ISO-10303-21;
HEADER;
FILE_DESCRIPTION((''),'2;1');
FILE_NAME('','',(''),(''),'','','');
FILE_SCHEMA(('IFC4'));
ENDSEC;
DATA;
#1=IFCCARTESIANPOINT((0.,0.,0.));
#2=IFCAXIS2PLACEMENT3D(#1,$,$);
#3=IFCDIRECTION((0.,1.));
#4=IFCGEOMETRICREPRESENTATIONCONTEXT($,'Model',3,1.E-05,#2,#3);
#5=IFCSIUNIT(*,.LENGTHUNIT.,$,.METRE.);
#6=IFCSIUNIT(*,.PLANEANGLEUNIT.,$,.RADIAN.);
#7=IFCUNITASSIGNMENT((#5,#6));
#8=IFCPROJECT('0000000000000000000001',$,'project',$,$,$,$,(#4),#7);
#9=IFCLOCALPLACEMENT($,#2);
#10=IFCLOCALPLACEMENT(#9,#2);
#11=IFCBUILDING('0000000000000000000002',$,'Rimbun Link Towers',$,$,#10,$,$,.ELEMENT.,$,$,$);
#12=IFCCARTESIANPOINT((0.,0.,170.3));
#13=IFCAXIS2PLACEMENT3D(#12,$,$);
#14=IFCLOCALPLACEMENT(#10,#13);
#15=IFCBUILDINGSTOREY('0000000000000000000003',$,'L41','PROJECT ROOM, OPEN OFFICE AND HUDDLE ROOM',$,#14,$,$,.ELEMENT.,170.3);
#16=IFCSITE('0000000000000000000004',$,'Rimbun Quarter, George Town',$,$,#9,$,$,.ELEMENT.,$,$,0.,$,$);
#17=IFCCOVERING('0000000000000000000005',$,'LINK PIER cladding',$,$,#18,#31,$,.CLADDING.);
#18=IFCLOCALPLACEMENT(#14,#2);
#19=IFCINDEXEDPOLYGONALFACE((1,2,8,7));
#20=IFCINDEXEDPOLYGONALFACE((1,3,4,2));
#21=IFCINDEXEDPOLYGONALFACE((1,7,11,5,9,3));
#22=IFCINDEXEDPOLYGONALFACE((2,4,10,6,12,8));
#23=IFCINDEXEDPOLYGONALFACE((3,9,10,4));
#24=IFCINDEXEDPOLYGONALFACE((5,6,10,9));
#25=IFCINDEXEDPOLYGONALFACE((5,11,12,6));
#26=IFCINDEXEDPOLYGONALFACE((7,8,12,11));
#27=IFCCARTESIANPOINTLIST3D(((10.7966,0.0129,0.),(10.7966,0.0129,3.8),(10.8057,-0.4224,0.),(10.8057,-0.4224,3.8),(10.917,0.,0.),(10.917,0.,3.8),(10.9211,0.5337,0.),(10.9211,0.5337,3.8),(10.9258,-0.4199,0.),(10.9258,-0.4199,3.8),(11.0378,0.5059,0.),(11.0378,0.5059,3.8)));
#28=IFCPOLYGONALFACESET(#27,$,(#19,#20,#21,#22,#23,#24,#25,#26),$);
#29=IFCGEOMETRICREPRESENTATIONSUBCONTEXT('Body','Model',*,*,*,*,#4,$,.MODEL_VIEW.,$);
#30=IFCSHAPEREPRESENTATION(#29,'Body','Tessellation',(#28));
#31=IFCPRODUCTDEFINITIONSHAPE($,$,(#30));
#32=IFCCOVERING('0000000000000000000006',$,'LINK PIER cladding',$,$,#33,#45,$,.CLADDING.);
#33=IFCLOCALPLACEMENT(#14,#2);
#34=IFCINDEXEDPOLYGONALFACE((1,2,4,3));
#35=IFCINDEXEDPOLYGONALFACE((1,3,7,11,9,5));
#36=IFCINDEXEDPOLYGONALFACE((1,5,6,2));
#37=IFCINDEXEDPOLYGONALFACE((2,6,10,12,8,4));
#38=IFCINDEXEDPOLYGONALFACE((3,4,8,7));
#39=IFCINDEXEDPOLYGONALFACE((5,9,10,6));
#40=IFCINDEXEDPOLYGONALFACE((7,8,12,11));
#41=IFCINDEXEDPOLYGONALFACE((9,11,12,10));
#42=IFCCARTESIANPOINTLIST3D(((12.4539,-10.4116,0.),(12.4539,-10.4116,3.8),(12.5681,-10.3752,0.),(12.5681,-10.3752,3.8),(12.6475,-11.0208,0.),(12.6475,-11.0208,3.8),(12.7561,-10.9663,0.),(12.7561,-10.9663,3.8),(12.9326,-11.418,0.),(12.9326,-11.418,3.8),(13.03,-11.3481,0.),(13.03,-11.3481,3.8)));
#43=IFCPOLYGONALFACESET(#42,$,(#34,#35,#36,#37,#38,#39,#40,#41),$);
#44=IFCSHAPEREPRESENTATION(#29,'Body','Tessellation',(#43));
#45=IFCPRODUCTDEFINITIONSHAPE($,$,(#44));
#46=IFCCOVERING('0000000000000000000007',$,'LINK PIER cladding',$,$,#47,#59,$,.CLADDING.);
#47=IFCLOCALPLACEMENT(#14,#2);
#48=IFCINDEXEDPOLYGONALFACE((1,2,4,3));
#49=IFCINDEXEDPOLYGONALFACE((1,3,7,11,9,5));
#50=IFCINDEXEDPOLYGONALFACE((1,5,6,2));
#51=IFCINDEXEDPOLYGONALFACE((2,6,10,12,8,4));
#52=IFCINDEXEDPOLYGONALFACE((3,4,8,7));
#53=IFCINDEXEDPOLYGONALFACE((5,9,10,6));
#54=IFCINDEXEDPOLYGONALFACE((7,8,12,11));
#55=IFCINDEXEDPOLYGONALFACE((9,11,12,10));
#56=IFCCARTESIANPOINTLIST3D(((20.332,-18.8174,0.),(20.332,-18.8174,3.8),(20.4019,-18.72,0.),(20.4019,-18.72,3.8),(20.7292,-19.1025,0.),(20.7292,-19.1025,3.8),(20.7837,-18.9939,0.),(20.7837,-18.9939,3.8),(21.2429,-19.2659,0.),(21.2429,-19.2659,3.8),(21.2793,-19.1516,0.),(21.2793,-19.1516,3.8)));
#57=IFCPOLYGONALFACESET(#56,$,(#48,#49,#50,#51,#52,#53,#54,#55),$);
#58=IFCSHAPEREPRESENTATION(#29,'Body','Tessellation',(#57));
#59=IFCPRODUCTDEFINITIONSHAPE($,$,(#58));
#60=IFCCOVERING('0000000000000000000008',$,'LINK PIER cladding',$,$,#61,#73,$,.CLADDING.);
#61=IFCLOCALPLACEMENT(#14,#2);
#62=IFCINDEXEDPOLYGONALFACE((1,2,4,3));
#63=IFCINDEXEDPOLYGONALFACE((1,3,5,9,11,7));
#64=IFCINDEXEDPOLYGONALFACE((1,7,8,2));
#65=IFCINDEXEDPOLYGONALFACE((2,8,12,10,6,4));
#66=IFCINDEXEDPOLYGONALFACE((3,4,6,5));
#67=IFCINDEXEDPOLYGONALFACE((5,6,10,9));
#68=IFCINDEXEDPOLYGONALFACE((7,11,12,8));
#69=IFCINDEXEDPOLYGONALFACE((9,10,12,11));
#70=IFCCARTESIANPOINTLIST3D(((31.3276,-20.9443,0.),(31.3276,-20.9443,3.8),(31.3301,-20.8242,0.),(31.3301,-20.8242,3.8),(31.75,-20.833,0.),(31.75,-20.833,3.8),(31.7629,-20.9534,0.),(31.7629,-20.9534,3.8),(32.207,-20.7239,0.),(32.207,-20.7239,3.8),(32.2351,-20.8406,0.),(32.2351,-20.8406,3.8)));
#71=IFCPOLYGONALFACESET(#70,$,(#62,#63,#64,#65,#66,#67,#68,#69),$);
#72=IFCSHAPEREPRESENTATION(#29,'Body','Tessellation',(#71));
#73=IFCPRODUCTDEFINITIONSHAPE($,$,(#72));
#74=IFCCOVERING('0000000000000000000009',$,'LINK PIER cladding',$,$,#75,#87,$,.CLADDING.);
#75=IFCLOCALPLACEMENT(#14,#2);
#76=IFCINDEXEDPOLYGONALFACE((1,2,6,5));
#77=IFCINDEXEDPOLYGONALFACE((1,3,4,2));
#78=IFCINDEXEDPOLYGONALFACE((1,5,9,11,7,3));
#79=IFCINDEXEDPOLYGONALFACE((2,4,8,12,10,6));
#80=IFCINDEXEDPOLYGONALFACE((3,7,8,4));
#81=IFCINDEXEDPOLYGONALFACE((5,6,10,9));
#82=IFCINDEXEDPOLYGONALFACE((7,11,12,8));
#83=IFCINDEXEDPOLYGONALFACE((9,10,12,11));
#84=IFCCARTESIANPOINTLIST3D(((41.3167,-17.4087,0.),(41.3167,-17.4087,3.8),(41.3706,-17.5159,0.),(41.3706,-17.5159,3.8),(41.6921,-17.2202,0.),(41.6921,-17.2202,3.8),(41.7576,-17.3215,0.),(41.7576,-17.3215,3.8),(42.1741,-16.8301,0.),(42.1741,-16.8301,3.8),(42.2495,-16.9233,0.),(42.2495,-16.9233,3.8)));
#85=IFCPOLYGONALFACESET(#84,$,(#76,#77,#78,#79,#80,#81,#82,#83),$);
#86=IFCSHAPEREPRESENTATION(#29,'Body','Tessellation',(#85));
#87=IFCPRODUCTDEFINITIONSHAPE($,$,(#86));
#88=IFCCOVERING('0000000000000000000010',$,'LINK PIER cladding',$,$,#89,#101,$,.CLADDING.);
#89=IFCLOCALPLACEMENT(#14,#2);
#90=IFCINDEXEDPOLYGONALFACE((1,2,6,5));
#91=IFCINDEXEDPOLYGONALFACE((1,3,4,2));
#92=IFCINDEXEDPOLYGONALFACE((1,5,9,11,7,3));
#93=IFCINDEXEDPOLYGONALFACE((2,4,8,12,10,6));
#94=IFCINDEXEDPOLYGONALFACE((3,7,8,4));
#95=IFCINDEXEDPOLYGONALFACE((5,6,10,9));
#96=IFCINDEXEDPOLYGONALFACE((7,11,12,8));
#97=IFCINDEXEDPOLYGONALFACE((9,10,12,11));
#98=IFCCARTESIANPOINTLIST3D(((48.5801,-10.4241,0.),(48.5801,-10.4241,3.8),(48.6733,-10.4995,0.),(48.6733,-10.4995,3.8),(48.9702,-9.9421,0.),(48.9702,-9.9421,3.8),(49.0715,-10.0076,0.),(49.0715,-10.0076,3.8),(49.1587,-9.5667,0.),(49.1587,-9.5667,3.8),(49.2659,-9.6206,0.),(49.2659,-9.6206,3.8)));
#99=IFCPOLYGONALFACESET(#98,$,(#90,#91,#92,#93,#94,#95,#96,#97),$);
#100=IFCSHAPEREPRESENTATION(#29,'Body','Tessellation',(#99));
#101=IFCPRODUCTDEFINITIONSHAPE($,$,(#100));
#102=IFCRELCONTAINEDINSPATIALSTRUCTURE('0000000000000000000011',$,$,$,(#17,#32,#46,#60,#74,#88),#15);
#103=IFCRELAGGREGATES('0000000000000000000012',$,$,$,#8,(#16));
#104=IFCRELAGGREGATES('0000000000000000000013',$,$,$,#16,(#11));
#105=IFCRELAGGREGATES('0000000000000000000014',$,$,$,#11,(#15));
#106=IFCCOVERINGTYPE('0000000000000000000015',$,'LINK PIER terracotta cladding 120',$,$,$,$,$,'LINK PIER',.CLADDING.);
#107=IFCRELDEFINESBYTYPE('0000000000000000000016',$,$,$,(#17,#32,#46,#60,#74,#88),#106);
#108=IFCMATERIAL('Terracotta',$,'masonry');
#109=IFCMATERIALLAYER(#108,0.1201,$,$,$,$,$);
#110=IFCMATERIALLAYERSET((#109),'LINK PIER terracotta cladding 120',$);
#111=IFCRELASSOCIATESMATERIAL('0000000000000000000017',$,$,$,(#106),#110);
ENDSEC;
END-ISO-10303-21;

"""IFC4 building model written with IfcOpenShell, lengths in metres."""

from ifc_helpers import new_model, si_unit, direction, frame, origin, place, context, subcontext, project, spatial, polyline, outline, extrude, material, layer, layer_set, type_object, element, save


model = new_model("IFC4")

# Units and contexts
model_context = context("Model", 3, precision=1e-05, world=origin(), true_north=direction((0.0, 1.0)))
body_context = subcontext(model_context, "Body", "Model", "MODEL_VIEW")
ifc_project = project(units=[si_unit("LENGTHUNIT", "METRE"), si_unit("PLANEANGLEUNIT", "RADIAN")], contexts=[model_context])

# Site, building, storey
site_placement = place(None, origin())
site = spatial("IfcSite", under=ifc_project, at=site_placement, Name="Rimbun Quarter, George Town", CompositionType="ELEMENT", RefElevation=0.0)
building_placement = place(site_placement, origin())
building = spatial("IfcBuilding", under=site, at=building_placement, Name="Rimbun Link Towers", CompositionType="ELEMENT")
storey_placement = place(building_placement, frame((0.0, 0.0, 170.3)))
storey = spatial("IfcBuildingStorey", under=building, at=storey_placement, Name="L41", Description="PROJECT ROOM, OPEN OFFICE AND HUDDLE ROOM", CompositionType="ELEMENT", Elevation=170.3)

# Coverings
ifc_material_1 = material(Name="Terracotta", Category="masonry")
ifc_layer_1 = layer(ifc_material_1, 0.1201)
ifc_layer_set_1 = layer_set([ifc_layer_1], Name="LINK PIER terracotta cladding 120")
covering_type_1 = type_object("IfcCoveringType", Name="LINK PIER terracotta cladding 120", ElementType="LINK PIER", PredefinedType="CLADDING", material=ifc_layer_set_1)
covering_1_placement = place(storey_placement, origin())
element("IfcCovering", 1, at=covering_1_placement, inside=storey, type_object=covering_type_1, Name="LINK PIER cladding", PredefinedType="CLADDING", context=body_context, shape_type="SweptSolid", body=[
    extrude(outline(polyline([(10.9258, -0.4199), (10.917, 0.0), (11.0378, 0.5059), (10.9211, 0.5337), (10.7966, 0.0129), (10.8057, -0.4224), (10.9258, -0.4199)])), origin(), (0.0, 0.0, 1.0), 3.8),
])
covering_2_placement = place(storey_placement, origin())
element("IfcCovering", 2, at=covering_2_placement, inside=storey, type_object=covering_type_1, Name="LINK PIER cladding", PredefinedType="CLADDING", context=body_context, shape_type="SweptSolid", body=[
    extrude(outline(polyline([(13.03, -11.3481), (12.7561, -10.9663), (12.5681, -10.3752), (12.4539, -10.4116), (12.6475, -11.0208), (12.9326, -11.418), (13.03, -11.3481)])), origin(), (0.0, 0.0, 1.0), 3.8),
])
covering_3_placement = place(storey_placement, origin())
element("IfcCovering", 3, at=covering_3_placement, inside=storey, type_object=covering_type_1, Name="LINK PIER cladding", PredefinedType="CLADDING", context=body_context, shape_type="SweptSolid", body=[
    extrude(outline(polyline([(21.2793, -19.1516), (20.7837, -18.9939), (20.4019, -18.72), (20.332, -18.8174), (20.7292, -19.1025), (21.2429, -19.2659), (21.2793, -19.1516)])), origin(), (0.0, 0.0, 1.0), 3.8),
])
covering_4_placement = place(storey_placement, origin())
element("IfcCovering", 4, at=covering_4_placement, inside=storey, type_object=covering_type_1, Name="LINK PIER cladding", PredefinedType="CLADDING", context=body_context, shape_type="SweptSolid", body=[
    extrude(outline(polyline([(32.207, -20.7239), (31.75, -20.833), (31.3301, -20.8242), (31.3276, -20.9443), (31.7629, -20.9534), (32.2351, -20.8406), (32.207, -20.7239)])), origin(), (0.0, 0.0, 1.0), 3.8),
])
covering_5_placement = place(storey_placement, origin())
element("IfcCovering", 5, at=covering_5_placement, inside=storey, type_object=covering_type_1, Name="LINK PIER cladding", PredefinedType="CLADDING", context=body_context, shape_type="SweptSolid", body=[
    extrude(outline(polyline([(42.1741, -16.8301), (41.6921, -17.2202), (41.3167, -17.4087), (41.3706, -17.5159), (41.7576, -17.3215), (42.2495, -16.9233), (42.1741, -16.8301)])), origin(), (0.0, 0.0, 1.0), 3.8),
])
covering_6_placement = place(storey_placement, origin())
element("IfcCovering", 6, at=covering_6_placement, inside=storey, type_object=covering_type_1, Name="LINK PIER cladding", PredefinedType="CLADDING", context=body_context, shape_type="SweptSolid", body=[
    extrude(outline(polyline([(49.1587, -9.5667), (48.9702, -9.9421), (48.5801, -10.4241), (48.6733, -10.4995), (49.0715, -10.0076), (49.2659, -9.6206), (49.1587, -9.5667)])), origin(), (0.0, 0.0, 1.0), 3.8),
])

save(model, "model.ifc")
